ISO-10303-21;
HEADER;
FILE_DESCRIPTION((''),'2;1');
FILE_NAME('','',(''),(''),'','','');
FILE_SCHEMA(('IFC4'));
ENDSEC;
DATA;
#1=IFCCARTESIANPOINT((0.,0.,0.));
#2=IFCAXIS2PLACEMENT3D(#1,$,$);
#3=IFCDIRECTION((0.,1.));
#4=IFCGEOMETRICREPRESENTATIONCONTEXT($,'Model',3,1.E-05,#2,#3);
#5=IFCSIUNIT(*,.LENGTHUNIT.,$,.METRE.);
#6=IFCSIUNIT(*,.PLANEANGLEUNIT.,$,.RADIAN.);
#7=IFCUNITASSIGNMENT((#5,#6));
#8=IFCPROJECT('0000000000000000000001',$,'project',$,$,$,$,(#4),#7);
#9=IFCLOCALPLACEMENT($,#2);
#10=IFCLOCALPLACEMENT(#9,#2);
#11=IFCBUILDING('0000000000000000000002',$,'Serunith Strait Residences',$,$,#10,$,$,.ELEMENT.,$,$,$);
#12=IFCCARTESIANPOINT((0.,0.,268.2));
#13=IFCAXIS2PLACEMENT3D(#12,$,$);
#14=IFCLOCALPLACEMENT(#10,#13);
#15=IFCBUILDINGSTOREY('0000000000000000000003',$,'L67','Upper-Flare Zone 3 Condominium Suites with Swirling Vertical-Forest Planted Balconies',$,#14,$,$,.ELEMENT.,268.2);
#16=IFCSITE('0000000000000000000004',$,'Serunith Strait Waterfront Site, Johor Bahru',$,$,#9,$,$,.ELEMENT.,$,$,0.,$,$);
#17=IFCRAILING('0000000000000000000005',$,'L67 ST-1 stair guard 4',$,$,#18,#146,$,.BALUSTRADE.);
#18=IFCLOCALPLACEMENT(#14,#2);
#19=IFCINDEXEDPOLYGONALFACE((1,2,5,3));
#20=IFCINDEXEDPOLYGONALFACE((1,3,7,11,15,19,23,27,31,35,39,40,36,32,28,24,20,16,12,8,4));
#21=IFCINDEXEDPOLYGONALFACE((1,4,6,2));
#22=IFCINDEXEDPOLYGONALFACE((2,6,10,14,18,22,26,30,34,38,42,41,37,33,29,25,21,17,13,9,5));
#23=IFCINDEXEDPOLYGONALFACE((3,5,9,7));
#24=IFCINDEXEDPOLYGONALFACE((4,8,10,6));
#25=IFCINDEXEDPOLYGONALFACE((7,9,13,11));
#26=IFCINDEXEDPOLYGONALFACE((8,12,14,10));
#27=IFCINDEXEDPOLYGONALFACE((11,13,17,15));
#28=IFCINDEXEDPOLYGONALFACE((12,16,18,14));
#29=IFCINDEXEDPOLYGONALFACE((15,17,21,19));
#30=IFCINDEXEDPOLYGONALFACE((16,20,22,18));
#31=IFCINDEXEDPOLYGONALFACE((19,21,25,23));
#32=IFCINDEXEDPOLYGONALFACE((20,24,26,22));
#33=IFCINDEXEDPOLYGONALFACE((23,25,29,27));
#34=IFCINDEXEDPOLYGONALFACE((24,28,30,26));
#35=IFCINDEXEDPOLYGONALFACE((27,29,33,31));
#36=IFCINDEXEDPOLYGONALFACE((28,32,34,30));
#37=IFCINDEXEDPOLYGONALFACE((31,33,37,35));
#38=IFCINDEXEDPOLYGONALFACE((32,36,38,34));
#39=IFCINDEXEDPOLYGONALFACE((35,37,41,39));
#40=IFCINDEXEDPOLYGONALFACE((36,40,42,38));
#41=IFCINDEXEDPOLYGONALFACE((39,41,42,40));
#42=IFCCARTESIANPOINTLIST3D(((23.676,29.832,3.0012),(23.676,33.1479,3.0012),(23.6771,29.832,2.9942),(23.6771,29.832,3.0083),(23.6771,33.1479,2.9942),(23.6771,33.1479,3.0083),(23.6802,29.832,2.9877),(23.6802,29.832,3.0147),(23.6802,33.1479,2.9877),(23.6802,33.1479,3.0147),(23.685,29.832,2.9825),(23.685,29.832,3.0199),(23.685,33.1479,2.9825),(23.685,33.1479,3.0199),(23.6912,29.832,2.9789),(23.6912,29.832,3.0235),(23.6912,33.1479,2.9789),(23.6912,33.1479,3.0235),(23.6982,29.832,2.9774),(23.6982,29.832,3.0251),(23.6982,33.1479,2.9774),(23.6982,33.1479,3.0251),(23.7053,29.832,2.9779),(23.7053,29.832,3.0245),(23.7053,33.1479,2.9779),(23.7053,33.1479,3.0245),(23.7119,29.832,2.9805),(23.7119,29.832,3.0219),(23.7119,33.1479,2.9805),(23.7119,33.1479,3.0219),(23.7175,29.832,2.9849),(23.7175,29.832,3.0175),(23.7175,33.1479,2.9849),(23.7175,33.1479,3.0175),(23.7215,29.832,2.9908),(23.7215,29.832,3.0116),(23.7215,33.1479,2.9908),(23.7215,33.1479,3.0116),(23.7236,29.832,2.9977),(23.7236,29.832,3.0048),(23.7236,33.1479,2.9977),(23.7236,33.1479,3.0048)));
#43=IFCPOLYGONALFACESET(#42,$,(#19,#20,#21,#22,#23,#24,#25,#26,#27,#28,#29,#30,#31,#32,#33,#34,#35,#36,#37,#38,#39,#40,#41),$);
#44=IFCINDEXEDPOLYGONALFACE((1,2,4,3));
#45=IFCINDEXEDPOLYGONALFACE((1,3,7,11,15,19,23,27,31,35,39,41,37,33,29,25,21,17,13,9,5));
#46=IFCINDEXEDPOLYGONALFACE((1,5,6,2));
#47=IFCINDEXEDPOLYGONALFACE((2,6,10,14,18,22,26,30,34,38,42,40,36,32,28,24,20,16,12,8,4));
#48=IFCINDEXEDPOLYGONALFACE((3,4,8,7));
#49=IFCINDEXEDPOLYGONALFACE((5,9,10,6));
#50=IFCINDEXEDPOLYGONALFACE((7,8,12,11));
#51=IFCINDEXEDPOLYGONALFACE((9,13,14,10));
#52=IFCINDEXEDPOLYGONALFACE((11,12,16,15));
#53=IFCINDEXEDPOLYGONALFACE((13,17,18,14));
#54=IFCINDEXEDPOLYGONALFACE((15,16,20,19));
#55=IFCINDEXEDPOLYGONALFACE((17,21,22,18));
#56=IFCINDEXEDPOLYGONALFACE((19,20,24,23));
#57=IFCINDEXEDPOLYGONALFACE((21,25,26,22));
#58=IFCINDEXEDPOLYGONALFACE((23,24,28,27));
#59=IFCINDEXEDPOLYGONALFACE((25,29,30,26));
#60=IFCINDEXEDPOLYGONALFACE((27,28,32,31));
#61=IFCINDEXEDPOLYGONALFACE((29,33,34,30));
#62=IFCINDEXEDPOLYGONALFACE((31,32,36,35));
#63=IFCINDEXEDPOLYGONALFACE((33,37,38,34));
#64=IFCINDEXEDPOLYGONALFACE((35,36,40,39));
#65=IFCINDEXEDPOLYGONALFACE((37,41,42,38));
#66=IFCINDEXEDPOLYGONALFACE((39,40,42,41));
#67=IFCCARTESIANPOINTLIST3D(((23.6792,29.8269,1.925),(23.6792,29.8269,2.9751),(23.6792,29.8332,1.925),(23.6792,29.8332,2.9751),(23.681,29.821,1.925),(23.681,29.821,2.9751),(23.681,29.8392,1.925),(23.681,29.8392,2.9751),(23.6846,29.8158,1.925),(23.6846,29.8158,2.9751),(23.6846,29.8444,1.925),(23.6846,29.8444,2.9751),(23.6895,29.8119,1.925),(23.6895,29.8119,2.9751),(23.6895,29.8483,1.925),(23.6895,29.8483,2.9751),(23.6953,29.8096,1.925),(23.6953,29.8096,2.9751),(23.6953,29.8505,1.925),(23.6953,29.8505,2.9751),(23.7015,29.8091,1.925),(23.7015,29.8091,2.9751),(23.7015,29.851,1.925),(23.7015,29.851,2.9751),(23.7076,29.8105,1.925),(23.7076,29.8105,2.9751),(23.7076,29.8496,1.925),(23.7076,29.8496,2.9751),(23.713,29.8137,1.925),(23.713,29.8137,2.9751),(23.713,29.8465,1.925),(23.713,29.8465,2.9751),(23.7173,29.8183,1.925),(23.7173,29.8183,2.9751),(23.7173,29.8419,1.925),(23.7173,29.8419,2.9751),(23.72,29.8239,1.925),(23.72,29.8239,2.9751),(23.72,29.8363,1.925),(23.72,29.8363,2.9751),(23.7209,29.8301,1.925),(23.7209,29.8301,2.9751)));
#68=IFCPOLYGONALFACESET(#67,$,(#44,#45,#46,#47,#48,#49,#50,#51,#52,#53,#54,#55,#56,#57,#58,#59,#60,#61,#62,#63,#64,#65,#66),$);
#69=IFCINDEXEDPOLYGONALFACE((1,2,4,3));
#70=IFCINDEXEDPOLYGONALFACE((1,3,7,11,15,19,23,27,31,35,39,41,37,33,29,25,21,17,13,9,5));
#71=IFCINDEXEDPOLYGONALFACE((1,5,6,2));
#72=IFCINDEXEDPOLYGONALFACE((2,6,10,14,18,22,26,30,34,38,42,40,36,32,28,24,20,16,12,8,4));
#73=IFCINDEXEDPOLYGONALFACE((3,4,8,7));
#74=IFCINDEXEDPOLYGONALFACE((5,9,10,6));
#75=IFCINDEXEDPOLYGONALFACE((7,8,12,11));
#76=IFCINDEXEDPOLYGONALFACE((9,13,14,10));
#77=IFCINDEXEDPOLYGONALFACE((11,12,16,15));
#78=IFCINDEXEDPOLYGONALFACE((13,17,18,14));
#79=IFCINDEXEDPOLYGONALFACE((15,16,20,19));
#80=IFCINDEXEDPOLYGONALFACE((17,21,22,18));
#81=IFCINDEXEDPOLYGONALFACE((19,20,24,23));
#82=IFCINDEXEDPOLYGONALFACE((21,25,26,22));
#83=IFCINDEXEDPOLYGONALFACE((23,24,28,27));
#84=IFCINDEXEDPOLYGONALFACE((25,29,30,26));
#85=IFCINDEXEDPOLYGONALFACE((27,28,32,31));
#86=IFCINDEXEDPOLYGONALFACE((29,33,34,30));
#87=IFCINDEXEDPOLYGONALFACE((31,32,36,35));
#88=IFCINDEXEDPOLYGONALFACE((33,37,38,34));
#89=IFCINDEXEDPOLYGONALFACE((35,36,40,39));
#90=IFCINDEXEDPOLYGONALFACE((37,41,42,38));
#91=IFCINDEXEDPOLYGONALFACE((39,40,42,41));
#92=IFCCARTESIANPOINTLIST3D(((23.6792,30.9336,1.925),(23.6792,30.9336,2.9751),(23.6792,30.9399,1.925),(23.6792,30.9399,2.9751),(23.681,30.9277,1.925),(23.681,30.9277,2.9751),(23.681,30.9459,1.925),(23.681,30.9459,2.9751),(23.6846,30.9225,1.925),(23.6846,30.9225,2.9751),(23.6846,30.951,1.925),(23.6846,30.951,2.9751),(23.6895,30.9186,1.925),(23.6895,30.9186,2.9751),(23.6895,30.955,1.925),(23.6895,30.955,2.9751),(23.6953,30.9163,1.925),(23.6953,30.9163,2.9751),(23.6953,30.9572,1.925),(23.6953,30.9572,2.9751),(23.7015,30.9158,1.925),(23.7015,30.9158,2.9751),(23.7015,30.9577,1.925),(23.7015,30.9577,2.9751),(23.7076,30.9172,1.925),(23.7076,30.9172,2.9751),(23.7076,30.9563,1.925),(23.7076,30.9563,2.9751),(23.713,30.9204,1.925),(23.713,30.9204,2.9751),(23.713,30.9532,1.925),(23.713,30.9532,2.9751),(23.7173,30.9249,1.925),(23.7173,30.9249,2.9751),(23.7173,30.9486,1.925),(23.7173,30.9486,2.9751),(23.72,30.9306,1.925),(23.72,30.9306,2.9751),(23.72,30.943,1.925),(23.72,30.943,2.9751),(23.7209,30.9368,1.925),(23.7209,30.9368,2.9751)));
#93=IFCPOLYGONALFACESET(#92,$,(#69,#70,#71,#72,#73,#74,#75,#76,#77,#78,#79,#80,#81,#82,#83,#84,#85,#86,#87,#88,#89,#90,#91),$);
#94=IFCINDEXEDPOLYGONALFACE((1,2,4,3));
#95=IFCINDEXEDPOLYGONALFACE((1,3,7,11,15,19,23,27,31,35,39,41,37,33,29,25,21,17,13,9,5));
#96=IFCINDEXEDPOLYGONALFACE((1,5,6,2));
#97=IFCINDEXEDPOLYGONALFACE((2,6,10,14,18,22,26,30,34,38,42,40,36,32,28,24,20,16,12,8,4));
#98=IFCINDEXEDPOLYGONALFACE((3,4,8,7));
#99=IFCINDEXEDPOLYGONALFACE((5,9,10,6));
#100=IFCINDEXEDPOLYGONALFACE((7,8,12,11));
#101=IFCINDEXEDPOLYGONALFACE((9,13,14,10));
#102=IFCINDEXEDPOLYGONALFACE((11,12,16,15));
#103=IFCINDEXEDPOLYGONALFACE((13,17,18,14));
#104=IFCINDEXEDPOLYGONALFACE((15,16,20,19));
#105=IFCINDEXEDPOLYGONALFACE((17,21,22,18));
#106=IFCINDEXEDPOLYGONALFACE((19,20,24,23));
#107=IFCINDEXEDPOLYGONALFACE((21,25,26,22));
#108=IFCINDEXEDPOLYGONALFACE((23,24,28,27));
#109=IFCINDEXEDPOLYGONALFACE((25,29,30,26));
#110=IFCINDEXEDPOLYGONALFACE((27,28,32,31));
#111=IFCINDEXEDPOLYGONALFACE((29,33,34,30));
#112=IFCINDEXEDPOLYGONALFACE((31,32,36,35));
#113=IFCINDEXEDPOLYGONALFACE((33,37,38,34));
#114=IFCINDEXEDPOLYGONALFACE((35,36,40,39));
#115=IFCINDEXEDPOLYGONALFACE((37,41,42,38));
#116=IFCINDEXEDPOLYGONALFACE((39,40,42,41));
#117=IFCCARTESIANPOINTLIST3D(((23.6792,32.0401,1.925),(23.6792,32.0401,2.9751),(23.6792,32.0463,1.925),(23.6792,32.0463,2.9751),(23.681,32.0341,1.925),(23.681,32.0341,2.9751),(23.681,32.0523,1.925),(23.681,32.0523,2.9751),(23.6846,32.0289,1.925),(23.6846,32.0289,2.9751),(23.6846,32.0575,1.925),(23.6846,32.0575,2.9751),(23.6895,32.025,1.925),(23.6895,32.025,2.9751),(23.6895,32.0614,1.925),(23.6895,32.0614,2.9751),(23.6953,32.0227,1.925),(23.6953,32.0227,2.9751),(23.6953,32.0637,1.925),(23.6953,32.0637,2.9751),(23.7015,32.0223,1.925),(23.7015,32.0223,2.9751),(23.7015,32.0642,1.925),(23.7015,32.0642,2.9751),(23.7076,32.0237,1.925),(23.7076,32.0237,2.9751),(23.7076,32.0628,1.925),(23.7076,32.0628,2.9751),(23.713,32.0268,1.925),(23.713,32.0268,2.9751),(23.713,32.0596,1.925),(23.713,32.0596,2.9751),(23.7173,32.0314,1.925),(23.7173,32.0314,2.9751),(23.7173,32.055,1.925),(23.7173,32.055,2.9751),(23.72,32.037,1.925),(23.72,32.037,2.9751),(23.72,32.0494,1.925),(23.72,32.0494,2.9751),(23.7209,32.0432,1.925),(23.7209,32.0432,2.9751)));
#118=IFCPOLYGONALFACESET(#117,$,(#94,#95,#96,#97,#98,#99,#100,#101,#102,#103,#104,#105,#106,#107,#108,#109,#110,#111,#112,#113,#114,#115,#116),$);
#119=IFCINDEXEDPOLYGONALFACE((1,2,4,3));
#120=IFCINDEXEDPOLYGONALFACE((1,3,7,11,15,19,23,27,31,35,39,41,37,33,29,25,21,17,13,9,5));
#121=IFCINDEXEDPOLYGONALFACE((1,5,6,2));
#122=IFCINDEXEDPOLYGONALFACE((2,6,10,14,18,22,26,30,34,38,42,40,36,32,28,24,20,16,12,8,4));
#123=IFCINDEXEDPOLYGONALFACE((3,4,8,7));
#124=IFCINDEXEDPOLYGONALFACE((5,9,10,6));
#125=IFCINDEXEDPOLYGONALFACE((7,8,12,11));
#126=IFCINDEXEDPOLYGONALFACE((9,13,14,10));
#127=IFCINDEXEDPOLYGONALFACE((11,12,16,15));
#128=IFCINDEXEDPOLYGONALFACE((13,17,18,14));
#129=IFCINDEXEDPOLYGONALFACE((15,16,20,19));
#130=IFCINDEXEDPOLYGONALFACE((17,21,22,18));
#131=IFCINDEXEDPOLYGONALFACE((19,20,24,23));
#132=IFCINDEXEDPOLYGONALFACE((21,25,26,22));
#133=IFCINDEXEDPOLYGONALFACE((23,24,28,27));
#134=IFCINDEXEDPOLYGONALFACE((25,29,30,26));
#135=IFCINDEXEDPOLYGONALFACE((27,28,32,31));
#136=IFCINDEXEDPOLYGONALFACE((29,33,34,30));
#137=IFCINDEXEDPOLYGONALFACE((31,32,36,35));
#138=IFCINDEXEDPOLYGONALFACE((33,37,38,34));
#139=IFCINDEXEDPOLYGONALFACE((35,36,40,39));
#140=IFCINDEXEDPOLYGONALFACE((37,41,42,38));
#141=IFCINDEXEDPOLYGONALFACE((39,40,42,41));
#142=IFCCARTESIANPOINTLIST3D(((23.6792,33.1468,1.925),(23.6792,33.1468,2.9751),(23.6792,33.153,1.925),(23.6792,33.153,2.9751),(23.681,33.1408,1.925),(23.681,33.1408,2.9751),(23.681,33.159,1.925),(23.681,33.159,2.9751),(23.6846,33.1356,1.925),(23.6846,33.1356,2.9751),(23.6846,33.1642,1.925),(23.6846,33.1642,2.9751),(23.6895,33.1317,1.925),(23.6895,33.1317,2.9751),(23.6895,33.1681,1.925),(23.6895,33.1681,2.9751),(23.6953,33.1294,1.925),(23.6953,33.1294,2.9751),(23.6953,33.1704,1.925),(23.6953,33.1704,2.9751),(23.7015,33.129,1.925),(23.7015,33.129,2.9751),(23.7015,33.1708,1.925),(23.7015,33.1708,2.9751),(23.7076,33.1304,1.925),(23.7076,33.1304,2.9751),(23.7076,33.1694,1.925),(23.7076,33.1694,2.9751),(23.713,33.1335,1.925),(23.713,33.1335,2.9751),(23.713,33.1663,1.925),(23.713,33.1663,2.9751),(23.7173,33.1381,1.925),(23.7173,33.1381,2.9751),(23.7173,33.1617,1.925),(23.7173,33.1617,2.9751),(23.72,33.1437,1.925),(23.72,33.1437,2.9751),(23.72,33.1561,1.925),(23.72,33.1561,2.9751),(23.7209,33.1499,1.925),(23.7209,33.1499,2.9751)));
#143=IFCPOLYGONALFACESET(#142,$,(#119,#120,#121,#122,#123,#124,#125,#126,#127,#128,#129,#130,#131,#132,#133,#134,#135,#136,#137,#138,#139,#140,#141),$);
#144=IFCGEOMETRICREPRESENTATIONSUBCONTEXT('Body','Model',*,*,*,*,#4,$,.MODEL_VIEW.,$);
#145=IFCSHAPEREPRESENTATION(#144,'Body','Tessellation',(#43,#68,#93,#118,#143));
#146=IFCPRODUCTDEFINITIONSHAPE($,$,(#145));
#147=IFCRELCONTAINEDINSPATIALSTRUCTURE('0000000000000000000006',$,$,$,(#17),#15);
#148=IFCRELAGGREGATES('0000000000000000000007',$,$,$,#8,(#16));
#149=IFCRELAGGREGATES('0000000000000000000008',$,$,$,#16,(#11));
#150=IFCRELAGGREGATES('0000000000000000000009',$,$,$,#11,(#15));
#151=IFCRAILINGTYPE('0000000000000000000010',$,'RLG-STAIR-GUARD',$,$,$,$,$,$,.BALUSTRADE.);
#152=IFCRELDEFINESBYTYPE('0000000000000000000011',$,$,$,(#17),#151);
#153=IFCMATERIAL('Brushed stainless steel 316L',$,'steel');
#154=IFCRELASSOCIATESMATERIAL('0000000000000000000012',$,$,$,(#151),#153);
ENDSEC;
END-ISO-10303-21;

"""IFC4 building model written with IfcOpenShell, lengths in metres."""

from ifc_helpers import new_model, si_unit, direction, frame, origin, origin_2d, place, context, subcontext, project, spatial, circle, extrude, material, type_object, element, save


model = new_model("IFC4")

# Units and contexts
model_context = context("Model", 3, precision=1e-05, world=origin(), true_north=direction((0.0, 1.0)))
body_context = subcontext(model_context, "Body", "Model", "MODEL_VIEW")
ifc_project = project(units=[si_unit("LENGTHUNIT", "METRE"), si_unit("PLANEANGLEUNIT", "RADIAN")], contexts=[model_context])

# Site, building, storey
site_placement = place(None, origin())
site = spatial("IfcSite", under=ifc_project, at=site_placement, Name="Serunith Strait Waterfront Site, Johor Bahru", CompositionType="ELEMENT", RefElevation=0.0)
building_placement = place(site_placement, origin())
building = spatial("IfcBuilding", under=site, at=building_placement, Name="Serunith Strait Residences", CompositionType="ELEMENT")
storey_placement = place(building_placement, frame((0.0, 0.0, 268.2)))
storey = spatial("IfcBuildingStorey", under=building, at=storey_placement, Name="L67", Description="Upper-Flare Zone 3 Condominium Suites with Swirling Vertical-Forest Planted Balconies", CompositionType="ELEMENT", Elevation=268.2)

# Railing
ifc_material_1 = material(Name="Brushed stainless steel 316L", Category="steel")
railing_type_1 = type_object("IfcRailingType", Name="RLG-STAIR-GUARD", PredefinedType="BALUSTRADE", material=ifc_material_1)
for number, where, name in (
    (1, (23.7, 29.8301, 1.925), "L67 ST-1 stair guard 4"),
):
    element("IfcRailing", number, at=place(storey_placement, frame(where)), inside=storey, type_object=railing_type_1, Name=name, PredefinedType="BALUSTRADE", context=body_context, shape_type="SweptSolid", body=[
        extrude(circle(Radius=0.0239, at=origin_2d()), frame((0.0, 0.002, 1.0762), z_axis=(0.0, 1.0, 0.0), x_axis=(-1.0, 0.0, 0.0)), (0.0, 0.0, 1.0), 3.3159),
        extrude(circle(Radius=0.021, at=origin_2d()), origin(), (0.0, 0.0, 1.0), 1.05),
        extrude(circle(Radius=0.021, at=origin_2d()), frame((0.0, 1.1067, 0.0)), (0.0, 0.0, 1.0), 1.05),
        extrude(circle(Radius=0.021, at=origin_2d()), frame((0.0, 2.2131, 0.0)), (0.0, 0.0, 1.0), 1.05),
        extrude(circle(Radius=0.021, at=origin_2d()), frame((0.0, 3.3198, 0.0)), (0.0, 0.0, 1.0), 1.05),
    ])

save(model, "model.ifc")
